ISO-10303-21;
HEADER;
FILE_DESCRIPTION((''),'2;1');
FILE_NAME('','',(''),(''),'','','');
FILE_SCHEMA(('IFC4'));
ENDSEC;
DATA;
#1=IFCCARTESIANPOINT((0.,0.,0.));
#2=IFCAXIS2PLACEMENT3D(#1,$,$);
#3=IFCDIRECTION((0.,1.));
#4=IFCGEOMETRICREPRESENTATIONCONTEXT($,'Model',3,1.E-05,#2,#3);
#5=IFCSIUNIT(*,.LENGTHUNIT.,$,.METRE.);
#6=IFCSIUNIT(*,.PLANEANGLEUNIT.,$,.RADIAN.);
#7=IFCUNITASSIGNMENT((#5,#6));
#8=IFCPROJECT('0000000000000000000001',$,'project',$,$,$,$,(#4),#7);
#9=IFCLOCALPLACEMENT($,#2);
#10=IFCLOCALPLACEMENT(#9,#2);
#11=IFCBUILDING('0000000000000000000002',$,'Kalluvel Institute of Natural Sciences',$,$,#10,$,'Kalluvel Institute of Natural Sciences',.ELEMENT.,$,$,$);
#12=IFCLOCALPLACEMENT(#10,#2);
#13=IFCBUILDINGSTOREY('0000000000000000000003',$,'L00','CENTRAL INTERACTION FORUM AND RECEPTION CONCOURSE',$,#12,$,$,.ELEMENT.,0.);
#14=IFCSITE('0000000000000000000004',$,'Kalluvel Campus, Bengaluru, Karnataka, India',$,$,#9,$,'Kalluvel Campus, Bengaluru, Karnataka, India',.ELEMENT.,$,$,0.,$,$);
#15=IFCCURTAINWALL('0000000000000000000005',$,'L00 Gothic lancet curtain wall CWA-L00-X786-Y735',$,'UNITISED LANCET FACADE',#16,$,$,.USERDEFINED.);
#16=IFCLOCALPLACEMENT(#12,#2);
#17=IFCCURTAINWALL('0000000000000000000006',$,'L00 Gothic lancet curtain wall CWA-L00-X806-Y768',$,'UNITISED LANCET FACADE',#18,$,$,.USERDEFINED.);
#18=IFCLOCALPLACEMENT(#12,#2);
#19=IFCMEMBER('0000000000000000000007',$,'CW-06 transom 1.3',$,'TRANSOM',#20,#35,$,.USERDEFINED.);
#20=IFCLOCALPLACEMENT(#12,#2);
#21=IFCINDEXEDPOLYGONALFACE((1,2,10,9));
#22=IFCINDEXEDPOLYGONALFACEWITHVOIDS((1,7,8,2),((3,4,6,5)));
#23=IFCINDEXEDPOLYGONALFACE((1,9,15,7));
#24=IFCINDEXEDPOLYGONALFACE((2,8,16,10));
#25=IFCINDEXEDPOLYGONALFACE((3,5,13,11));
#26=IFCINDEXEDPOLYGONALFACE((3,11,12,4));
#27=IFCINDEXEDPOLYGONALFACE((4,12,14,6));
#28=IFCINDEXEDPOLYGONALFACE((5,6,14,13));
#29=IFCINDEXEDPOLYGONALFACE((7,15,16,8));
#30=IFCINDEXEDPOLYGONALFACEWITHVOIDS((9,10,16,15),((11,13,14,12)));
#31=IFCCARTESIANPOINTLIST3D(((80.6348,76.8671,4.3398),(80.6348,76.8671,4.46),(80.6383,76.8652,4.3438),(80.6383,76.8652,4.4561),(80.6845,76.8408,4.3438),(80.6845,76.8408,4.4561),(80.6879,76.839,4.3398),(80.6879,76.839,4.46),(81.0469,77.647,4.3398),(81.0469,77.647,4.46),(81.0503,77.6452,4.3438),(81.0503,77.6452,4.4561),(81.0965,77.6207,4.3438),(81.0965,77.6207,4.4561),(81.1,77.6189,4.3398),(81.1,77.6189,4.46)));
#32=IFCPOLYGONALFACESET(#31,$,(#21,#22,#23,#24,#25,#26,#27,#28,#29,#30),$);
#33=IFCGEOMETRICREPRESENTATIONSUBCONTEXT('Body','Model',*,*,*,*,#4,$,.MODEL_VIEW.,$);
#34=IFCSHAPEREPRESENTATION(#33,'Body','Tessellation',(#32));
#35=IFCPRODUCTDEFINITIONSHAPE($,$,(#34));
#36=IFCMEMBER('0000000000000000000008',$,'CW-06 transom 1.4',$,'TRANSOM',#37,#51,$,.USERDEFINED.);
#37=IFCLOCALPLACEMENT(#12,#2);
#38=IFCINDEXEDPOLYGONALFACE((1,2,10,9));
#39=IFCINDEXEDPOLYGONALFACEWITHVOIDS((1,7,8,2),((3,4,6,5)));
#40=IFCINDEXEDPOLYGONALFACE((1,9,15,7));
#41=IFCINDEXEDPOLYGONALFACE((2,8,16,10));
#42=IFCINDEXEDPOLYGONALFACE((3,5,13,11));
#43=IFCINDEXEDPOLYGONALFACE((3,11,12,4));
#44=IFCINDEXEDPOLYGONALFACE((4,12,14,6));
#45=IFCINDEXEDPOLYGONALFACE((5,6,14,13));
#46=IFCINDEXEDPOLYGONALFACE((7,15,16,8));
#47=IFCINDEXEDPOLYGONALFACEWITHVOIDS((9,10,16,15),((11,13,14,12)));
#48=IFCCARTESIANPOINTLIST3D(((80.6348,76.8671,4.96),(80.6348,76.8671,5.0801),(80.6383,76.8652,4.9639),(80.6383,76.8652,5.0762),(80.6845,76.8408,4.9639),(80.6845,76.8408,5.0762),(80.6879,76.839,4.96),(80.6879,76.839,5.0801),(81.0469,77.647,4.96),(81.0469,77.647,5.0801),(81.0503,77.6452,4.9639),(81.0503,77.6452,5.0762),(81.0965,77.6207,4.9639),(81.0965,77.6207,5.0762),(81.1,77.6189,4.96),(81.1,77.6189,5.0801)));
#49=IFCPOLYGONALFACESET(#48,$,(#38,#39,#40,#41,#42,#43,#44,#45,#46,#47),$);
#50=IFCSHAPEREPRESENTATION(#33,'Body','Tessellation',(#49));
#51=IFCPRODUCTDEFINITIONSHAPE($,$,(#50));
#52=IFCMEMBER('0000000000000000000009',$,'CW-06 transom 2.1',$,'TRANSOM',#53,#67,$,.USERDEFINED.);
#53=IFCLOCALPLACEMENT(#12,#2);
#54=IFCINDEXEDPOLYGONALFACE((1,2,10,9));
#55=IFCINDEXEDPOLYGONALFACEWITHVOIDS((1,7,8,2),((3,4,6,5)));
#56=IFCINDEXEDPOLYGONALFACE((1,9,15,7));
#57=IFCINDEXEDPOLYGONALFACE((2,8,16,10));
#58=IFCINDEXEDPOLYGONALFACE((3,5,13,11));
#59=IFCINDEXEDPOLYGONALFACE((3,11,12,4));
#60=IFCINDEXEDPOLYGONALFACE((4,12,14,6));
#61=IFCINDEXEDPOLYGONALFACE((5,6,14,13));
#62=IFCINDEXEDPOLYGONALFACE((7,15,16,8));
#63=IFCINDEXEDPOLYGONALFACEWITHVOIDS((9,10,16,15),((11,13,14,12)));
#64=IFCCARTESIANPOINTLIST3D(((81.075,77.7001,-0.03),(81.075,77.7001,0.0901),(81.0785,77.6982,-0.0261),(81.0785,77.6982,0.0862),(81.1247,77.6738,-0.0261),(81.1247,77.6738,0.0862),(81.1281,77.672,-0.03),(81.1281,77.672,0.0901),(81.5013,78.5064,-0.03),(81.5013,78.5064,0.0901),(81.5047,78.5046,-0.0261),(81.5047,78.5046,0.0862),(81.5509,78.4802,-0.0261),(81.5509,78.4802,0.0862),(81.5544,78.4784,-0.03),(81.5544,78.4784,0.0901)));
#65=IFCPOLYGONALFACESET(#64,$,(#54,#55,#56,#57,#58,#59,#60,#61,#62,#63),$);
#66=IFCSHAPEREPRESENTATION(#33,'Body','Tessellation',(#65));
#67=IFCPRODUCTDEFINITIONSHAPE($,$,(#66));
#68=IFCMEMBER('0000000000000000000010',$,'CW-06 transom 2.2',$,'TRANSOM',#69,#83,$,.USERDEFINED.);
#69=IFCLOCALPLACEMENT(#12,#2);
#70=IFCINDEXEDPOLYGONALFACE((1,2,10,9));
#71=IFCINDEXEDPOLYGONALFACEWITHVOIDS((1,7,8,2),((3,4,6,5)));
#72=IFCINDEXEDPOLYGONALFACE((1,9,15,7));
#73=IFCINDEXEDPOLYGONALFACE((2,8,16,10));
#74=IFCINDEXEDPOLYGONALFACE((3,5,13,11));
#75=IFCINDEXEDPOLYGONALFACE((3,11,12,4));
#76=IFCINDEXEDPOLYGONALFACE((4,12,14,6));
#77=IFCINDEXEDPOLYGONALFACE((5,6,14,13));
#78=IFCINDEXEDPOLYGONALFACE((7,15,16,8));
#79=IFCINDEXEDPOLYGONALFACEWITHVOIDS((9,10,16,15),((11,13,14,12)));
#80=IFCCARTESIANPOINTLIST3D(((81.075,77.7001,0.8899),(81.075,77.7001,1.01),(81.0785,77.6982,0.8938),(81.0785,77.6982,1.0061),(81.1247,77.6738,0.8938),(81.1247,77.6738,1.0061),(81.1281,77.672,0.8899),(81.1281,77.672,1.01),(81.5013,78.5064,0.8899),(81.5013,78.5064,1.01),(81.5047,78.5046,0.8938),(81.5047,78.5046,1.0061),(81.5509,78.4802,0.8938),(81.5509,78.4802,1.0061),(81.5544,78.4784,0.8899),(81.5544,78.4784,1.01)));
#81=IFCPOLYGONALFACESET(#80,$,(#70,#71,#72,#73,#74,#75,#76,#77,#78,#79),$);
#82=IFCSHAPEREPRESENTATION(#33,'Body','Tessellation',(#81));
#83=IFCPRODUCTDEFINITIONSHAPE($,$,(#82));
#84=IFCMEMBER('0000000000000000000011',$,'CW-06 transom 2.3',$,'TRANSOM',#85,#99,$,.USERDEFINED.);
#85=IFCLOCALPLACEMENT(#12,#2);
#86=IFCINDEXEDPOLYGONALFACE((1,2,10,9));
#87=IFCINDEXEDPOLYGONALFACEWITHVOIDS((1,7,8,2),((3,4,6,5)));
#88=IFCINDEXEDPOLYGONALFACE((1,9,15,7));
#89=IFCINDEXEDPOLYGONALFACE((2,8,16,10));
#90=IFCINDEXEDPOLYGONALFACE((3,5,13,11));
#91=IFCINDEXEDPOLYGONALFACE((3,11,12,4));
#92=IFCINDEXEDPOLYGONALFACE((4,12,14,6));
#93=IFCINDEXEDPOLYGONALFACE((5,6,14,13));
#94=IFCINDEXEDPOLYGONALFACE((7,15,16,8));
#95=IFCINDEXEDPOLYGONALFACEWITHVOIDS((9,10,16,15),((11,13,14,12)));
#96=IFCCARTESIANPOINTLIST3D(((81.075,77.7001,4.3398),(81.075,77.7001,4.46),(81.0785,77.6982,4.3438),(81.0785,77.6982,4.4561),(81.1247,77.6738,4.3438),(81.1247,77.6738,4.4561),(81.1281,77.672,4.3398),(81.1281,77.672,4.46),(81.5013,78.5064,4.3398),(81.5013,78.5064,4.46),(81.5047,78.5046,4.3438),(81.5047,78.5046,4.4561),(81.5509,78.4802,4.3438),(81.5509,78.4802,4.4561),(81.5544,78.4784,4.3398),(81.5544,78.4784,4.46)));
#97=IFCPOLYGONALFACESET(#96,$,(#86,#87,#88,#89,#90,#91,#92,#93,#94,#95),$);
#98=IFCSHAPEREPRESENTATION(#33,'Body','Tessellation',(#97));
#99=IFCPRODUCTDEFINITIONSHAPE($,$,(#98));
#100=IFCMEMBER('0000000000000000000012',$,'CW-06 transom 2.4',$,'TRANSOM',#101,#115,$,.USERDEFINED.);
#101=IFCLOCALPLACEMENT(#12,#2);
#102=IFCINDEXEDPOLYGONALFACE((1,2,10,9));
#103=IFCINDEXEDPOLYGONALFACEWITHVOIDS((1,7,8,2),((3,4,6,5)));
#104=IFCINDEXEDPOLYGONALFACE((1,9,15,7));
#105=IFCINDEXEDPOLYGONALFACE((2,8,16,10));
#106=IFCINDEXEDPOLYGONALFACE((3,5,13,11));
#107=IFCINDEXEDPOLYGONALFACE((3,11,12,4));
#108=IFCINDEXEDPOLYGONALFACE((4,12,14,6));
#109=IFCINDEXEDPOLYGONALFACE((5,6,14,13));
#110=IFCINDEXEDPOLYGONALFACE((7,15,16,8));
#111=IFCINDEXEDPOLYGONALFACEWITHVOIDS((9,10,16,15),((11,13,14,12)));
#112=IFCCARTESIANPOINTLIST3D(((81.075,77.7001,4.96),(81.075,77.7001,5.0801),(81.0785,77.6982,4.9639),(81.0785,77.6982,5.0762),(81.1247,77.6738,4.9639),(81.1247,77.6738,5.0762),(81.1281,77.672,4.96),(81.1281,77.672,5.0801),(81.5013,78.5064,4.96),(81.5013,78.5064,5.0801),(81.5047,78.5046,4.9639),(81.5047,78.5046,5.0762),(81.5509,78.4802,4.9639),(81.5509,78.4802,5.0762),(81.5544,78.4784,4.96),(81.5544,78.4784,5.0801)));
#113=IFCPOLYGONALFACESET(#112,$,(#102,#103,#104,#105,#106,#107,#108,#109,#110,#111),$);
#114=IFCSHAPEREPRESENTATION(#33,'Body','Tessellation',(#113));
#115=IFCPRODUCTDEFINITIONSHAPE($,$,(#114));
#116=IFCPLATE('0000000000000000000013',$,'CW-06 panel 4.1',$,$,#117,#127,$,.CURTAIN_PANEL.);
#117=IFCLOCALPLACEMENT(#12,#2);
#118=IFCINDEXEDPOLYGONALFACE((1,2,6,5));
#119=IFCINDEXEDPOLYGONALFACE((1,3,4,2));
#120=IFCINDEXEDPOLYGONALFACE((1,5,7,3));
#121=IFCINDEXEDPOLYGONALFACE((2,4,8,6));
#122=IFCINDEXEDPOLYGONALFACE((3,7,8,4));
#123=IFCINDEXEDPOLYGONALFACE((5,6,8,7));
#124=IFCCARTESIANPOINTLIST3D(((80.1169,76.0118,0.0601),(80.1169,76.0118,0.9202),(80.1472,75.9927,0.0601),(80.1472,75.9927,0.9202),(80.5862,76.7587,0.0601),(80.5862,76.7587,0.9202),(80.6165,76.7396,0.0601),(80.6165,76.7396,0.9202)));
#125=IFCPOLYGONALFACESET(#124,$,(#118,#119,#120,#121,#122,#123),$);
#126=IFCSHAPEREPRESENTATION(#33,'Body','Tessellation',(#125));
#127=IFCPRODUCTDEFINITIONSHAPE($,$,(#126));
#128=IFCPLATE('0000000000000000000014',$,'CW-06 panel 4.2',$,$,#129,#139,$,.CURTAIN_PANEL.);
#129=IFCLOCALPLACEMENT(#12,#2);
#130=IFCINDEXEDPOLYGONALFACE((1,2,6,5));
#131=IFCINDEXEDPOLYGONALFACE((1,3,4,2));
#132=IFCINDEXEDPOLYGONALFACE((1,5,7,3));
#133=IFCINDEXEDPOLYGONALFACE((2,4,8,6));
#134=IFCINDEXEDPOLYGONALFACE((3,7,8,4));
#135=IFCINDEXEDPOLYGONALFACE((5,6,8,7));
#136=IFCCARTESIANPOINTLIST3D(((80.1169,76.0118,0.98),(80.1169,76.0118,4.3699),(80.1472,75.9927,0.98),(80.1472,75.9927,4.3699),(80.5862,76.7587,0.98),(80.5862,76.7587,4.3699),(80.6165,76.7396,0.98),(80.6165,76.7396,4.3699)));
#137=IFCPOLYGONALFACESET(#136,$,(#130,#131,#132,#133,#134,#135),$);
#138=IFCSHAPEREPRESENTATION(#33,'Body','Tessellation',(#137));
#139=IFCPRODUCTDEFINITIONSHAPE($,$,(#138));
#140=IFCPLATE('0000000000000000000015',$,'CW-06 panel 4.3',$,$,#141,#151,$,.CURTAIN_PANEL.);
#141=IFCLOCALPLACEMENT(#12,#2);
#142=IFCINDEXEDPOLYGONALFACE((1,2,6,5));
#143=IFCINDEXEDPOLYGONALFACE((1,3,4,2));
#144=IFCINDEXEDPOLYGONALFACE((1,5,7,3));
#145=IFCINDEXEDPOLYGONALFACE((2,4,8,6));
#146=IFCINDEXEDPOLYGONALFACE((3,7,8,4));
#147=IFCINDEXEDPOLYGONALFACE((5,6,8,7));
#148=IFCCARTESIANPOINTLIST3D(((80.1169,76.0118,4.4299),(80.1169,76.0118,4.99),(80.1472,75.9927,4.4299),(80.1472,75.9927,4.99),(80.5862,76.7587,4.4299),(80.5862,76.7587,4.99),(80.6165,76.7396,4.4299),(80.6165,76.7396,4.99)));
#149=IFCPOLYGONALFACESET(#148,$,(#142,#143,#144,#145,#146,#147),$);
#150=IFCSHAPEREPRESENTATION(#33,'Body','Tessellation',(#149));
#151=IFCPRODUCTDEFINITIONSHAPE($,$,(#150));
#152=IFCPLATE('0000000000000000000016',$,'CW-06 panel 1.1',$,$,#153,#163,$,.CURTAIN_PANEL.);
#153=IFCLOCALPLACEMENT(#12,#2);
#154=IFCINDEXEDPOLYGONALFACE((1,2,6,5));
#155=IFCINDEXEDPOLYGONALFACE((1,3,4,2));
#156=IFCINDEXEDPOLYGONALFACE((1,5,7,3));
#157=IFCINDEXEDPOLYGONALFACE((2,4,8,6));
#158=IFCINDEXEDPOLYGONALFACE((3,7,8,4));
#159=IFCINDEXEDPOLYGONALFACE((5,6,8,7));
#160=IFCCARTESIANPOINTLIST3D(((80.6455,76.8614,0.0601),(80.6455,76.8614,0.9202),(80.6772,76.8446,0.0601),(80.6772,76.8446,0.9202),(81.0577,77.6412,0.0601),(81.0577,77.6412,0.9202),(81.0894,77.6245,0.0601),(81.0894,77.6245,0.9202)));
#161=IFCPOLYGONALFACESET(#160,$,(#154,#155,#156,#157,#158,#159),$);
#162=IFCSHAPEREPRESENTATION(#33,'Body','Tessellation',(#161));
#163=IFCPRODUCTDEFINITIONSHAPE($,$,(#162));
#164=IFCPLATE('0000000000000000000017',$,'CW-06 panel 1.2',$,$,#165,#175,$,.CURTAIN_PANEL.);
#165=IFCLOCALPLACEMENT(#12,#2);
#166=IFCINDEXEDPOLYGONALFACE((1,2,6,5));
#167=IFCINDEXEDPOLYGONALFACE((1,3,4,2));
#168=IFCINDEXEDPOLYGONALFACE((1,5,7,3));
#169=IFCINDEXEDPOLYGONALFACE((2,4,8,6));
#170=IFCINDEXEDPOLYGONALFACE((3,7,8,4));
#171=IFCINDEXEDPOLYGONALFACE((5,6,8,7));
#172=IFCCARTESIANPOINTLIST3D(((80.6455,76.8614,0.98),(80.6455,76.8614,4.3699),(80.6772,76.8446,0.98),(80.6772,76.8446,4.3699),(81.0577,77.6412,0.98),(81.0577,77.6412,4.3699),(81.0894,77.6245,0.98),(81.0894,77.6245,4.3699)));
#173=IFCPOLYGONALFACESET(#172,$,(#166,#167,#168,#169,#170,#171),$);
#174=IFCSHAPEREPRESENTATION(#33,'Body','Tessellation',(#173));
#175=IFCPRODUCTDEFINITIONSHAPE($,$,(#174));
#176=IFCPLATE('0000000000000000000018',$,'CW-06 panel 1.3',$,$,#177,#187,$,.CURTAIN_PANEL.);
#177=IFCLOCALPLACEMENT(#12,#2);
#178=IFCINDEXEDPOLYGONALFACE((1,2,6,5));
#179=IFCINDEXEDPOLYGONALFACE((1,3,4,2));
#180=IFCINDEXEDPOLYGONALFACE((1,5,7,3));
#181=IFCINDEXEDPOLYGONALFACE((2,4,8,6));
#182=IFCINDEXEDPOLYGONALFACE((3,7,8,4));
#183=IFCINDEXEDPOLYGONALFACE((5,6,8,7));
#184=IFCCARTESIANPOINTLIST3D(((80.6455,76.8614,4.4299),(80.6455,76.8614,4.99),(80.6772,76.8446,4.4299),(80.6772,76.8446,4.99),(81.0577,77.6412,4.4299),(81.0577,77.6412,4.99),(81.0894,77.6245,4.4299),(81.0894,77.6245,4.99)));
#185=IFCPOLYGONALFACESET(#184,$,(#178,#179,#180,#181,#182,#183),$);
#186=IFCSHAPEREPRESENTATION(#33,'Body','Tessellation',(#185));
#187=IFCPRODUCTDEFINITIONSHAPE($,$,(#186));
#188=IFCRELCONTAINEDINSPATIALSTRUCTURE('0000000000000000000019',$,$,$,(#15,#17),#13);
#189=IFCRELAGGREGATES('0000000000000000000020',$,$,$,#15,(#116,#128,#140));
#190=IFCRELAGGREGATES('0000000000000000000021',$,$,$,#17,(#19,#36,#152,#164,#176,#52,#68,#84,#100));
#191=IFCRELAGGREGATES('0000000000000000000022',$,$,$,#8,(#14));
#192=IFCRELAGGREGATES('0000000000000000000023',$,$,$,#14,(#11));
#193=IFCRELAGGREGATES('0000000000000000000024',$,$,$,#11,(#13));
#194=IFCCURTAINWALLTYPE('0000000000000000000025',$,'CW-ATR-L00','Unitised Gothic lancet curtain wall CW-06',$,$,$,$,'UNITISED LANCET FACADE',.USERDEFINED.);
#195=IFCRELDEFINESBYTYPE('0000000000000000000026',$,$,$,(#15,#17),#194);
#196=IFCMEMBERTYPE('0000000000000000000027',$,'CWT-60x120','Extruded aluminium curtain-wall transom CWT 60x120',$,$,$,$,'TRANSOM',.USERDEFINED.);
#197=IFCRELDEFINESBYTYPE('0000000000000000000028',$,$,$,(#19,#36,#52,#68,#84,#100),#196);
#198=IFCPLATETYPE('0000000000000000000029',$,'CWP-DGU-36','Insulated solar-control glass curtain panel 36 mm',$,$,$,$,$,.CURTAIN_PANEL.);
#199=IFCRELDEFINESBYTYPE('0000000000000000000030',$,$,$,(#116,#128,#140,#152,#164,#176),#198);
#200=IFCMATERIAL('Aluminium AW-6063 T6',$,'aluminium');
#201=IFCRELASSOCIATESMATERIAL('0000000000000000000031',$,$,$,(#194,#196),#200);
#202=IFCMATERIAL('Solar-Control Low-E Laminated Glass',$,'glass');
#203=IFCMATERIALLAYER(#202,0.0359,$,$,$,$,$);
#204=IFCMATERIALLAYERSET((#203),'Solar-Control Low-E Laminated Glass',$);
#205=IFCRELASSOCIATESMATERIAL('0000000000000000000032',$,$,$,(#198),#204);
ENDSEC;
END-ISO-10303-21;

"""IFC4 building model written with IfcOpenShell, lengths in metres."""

from ifc_helpers import new_model, si_unit, direction, frame, origin, origin_2d, place, context, subcontext, project, spatial, rectangle, hollow_rectangle, extrude, material, layer, layer_set, material_profile, profile_set, type_object, element, aggregate, save


model = new_model("IFC4")

# Units and contexts
model_context = context("Model", 3, precision=1e-05, world=origin(), true_north=direction((0.0, 1.0)))
body_context = subcontext(model_context, "Body", "Model", "MODEL_VIEW")
ifc_project = project(units=[si_unit("LENGTHUNIT", "METRE"), si_unit("PLANEANGLEUNIT", "RADIAN")], contexts=[model_context])

# Site, building, storey
site_placement = place(None, origin())
site = spatial("IfcSite", under=ifc_project, at=site_placement, Name="Kalluvel Campus, Bengaluru, Karnataka, India", LongName="Kalluvel Campus, Bengaluru, Karnataka, India", CompositionType="ELEMENT", RefElevation=0.0)
building_placement = place(site_placement, origin())
building = spatial("IfcBuilding", under=site, at=building_placement, Name="Kalluvel Institute of Natural Sciences", LongName="Kalluvel Institute of Natural Sciences", CompositionType="ELEMENT")
storey_placement = place(building_placement, origin())
storey = spatial("IfcBuildingStorey", under=building, at=storey_placement, Name="L00", Description="CENTRAL INTERACTION FORUM AND RECEPTION CONCOURSE", CompositionType="ELEMENT", Elevation=0.0)

# Curtain wall
ifc_material_1 = material(Name="Aluminium AW-6063 T6", Category="aluminium")
curtain_wall_type = type_object("IfcCurtainWallType", Name="CW-ATR-L00", Description="Unitised Gothic lancet curtain wall CW-06", ElementType="UNITISED LANCET FACADE", PredefinedType="USERDEFINED", material=ifc_material_1)
curtain_wall_1_placement = place(storey_placement, origin())
curtain_wall_1 = element("IfcCurtainWall", 1, at=curtain_wall_1_placement, inside=storey, type_object=curtain_wall_type, Name="L00 Gothic lancet curtain wall CWA-L00-X786-Y735", ObjectType="UNITISED LANCET FACADE", PredefinedType="USERDEFINED")

# Curtain wall
curtain_wall_2_placement = place(storey_placement, origin())
curtain_wall_2 = element("IfcCurtainWall", 2, at=curtain_wall_2_placement, inside=storey, type_object=curtain_wall_type, Name="L00 Gothic lancet curtain wall CWA-L00-X806-Y768", ObjectType="UNITISED LANCET FACADE", PredefinedType="USERDEFINED")

# Members
ifc_material_profile_1 = material_profile(ifc_material_1, hollow_rectangle(XDim=0.0601, YDim=0.1201, WallThickness=0.0039, at=origin_2d()), Name="CWT 60x120")
ifc_profile_set_1 = profile_set([ifc_material_profile_1], Name="Aluminium AW-6063 T6")
member_type_1 = type_object("IfcMemberType", Name="CWT-60x120", Description="Extruded aluminium curtain-wall transom CWT 60x120", ElementType="TRANSOM", PredefinedType="USERDEFINED", material=ifc_profile_set_1)
member_1_placement = place(storey_placement, frame((80.6614, 76.853, 4.3999), z_axis=(0.467137, 0.884185, 0.0), x_axis=(-0.884185, 0.467137, 0.0)))
member_1 = element("IfcMember", 3, at=member_1_placement, type_object=member_type_1, Name="CW-06 transom 1.3", ObjectType="TRANSOM", PredefinedType="USERDEFINED", context=body_context, shape_type="SweptSolid", body=[
    extrude(hollow_rectangle(XDim=0.0601, YDim=0.1201, WallThickness=0.0039, at=origin_2d()), origin(), (0.0, 0.0, 1.0), 0.8821),
])
member_2_placement = place(storey_placement, frame((80.6614, 76.853, 5.02), z_axis=(0.467137, 0.884185, 0.0), x_axis=(-0.884185, 0.467137, 0.0)))
member_2 = element("IfcMember", 4, at=member_2_placement, type_object=member_type_1, Name="CW-06 transom 1.4", ObjectType="TRANSOM", PredefinedType="USERDEFINED", context=body_context, shape_type="SweptSolid", body=[
    extrude(hollow_rectangle(XDim=0.0601, YDim=0.1201, WallThickness=0.0039, at=origin_2d()), origin(), (0.0, 0.0, 1.0), 0.8821),
])
member_3_placement = place(storey_placement, frame((81.1016, 77.686, 0.03), z_axis=(0.467334, 0.884081, 0.0), x_axis=(-0.884081, 0.467334, 0.0)))
member_3 = element("IfcMember", 5, at=member_3_placement, type_object=member_type_1, Name="CW-06 transom 2.1", ObjectType="TRANSOM", PredefinedType="USERDEFINED", context=body_context, shape_type="SweptSolid", body=[
    extrude(hollow_rectangle(XDim=0.0601, YDim=0.1201, WallThickness=0.0039, at=origin_2d()), origin(), (0.0, 0.0, 1.0), 0.9121),
])
member_4_placement = place(storey_placement, frame((81.1016, 77.686, 0.95), z_axis=(0.467334, 0.884081, 0.0), x_axis=(-0.884081, 0.467334, 0.0)))
member_4 = element("IfcMember", 6, at=member_4_placement, type_object=member_type_1, Name="CW-06 transom 2.2", ObjectType="TRANSOM", PredefinedType="USERDEFINED", context=body_context, shape_type="SweptSolid", body=[
    extrude(hollow_rectangle(XDim=0.0601, YDim=0.1201, WallThickness=0.0039, at=origin_2d()), origin(), (0.0, 0.0, 1.0), 0.9121),
])
member_5_placement = place(storey_placement, frame((81.1016, 77.686, 4.3999), z_axis=(0.467334, 0.884081, 0.0), x_axis=(-0.884081, 0.467334, 0.0)))
member_5 = element("IfcMember", 7, at=member_5_placement, type_object=member_type_1, Name="CW-06 transom 2.3", ObjectType="TRANSOM", PredefinedType="USERDEFINED", context=body_context, shape_type="SweptSolid", body=[
    extrude(hollow_rectangle(XDim=0.0601, YDim=0.1201, WallThickness=0.0039, at=origin_2d()), origin(), (0.0, 0.0, 1.0), 0.9121),
])
member_6_placement = place(storey_placement, frame((81.1016, 77.686, 5.02), z_axis=(0.467334, 0.884081, 0.0), x_axis=(-0.884081, 0.467334, 0.0)))
member_6 = element("IfcMember", 8, at=member_6_placement, type_object=member_type_1, Name="CW-06 transom 2.4", ObjectType="TRANSOM", PredefinedType="USERDEFINED", context=body_context, shape_type="SweptSolid", body=[
    extrude(hollow_rectangle(XDim=0.0601, YDim=0.1201, WallThickness=0.0039, at=origin_2d()), origin(), (0.0, 0.0, 1.0), 0.9121),
])

# Plates
ifc_material_2 = material(Name="Solar-Control Low-E Laminated Glass", Category="glass")
ifc_layer = layer(ifc_material_2, 0.0359)
ifc_layer_set = layer_set([ifc_layer], Name="Solar-Control Low-E Laminated Glass")
plate_type = type_object("IfcPlateType", Name="CWP-DGU-36", Description="Insulated solar-control glass curtain panel 36 mm", PredefinedType="CURTAIN_PANEL", material=ifc_layer_set)
plate_1_placement = place(storey_placement, frame((80.3667, 76.3757, 0.0601), z_axis=(0.0, 0.0, 1.0), x_axis=(0.532036, 0.846722, 0.0)))
plate_1 = element("IfcPlate", 9, at=plate_1_placement, type_object=plate_type, Name="CW-06 panel 4.1", PredefinedType="CURTAIN_PANEL", context=body_context, shape_type="SweptSolid", body=[
    extrude(rectangle(XDim=0.8821, YDim=0.0359, at=origin_2d()), origin(), (0.0, 0.0, 1.0), 0.8601),
])
plate_2_placement = place(storey_placement, frame((80.3667, 76.3757, 0.98), z_axis=(0.0, 0.0, 1.0), x_axis=(0.532036, 0.846722, 0.0)))
plate_2 = element("IfcPlate", 10, at=plate_2_placement, type_object=plate_type, Name="CW-06 panel 4.2", PredefinedType="CURTAIN_PANEL", context=body_context, shape_type="SweptSolid", body=[
    extrude(rectangle(XDim=0.8821, YDim=0.0359, at=origin_2d()), origin(), (0.0, 0.0, 1.0), 3.3899),
])
plate_3_placement = place(storey_placement, frame((80.3667, 76.3757, 4.4299), z_axis=(0.0, 0.0, 1.0), x_axis=(0.532036, 0.846722, 0.0)))
plate_3 = element("IfcPlate", 11, at=plate_3_placement, type_object=plate_type, Name="CW-06 panel 4.3", PredefinedType="CURTAIN_PANEL", context=body_context, shape_type="SweptSolid", body=[
    extrude(rectangle(XDim=0.8821, YDim=0.0359, at=origin_2d()), origin(), (0.0, 0.0, 1.0), 0.5601),
])
aggregate(curtain_wall_1, [plate_1, plate_2, plate_3])
plate_4_placement = place(storey_placement, frame((80.8674, 77.2429, 0.0601), z_axis=(0.0, 0.0, 1.0), x_axis=(0.467281, 0.884109, 0.0)))
plate_4 = element("IfcPlate", 12, at=plate_4_placement, type_object=plate_type, Name="CW-06 panel 1.1", PredefinedType="CURTAIN_PANEL", context=body_context, shape_type="SweptSolid", body=[
    extrude(rectangle(XDim=0.8821, YDim=0.0359, at=origin_2d()), origin(), (0.0, 0.0, 1.0), 0.8601),
])
plate_5_placement = place(storey_placement, frame((80.8674, 77.2429, 0.98), z_axis=(0.0, 0.0, 1.0), x_axis=(0.467281, 0.884109, 0.0)))
plate_5 = element("IfcPlate", 13, at=plate_5_placement, type_object=plate_type, Name="CW-06 panel 1.2", PredefinedType="CURTAIN_PANEL", context=body_context, shape_type="SweptSolid", body=[
    extrude(rectangle(XDim=0.8821, YDim=0.0359, at=origin_2d()), origin(), (0.0, 0.0, 1.0), 3.3899),
])
plate_6_placement = place(storey_placement, frame((80.8674, 77.2429, 4.4299), z_axis=(0.0, 0.0, 1.0), x_axis=(0.467281, 0.884109, 0.0)))
plate_6 = element("IfcPlate", 14, at=plate_6_placement, type_object=plate_type, Name="CW-06 panel 1.3", PredefinedType="CURTAIN_PANEL", context=body_context, shape_type="SweptSolid", body=[
    extrude(rectangle(XDim=0.8821, YDim=0.0359, at=origin_2d()), origin(), (0.0, 0.0, 1.0), 0.5601),
])
aggregate(curtain_wall_2, [member_1, member_2, plate_4, plate_5, plate_6, member_3, member_4, member_5, member_6])

save(model, "model.ifc")
